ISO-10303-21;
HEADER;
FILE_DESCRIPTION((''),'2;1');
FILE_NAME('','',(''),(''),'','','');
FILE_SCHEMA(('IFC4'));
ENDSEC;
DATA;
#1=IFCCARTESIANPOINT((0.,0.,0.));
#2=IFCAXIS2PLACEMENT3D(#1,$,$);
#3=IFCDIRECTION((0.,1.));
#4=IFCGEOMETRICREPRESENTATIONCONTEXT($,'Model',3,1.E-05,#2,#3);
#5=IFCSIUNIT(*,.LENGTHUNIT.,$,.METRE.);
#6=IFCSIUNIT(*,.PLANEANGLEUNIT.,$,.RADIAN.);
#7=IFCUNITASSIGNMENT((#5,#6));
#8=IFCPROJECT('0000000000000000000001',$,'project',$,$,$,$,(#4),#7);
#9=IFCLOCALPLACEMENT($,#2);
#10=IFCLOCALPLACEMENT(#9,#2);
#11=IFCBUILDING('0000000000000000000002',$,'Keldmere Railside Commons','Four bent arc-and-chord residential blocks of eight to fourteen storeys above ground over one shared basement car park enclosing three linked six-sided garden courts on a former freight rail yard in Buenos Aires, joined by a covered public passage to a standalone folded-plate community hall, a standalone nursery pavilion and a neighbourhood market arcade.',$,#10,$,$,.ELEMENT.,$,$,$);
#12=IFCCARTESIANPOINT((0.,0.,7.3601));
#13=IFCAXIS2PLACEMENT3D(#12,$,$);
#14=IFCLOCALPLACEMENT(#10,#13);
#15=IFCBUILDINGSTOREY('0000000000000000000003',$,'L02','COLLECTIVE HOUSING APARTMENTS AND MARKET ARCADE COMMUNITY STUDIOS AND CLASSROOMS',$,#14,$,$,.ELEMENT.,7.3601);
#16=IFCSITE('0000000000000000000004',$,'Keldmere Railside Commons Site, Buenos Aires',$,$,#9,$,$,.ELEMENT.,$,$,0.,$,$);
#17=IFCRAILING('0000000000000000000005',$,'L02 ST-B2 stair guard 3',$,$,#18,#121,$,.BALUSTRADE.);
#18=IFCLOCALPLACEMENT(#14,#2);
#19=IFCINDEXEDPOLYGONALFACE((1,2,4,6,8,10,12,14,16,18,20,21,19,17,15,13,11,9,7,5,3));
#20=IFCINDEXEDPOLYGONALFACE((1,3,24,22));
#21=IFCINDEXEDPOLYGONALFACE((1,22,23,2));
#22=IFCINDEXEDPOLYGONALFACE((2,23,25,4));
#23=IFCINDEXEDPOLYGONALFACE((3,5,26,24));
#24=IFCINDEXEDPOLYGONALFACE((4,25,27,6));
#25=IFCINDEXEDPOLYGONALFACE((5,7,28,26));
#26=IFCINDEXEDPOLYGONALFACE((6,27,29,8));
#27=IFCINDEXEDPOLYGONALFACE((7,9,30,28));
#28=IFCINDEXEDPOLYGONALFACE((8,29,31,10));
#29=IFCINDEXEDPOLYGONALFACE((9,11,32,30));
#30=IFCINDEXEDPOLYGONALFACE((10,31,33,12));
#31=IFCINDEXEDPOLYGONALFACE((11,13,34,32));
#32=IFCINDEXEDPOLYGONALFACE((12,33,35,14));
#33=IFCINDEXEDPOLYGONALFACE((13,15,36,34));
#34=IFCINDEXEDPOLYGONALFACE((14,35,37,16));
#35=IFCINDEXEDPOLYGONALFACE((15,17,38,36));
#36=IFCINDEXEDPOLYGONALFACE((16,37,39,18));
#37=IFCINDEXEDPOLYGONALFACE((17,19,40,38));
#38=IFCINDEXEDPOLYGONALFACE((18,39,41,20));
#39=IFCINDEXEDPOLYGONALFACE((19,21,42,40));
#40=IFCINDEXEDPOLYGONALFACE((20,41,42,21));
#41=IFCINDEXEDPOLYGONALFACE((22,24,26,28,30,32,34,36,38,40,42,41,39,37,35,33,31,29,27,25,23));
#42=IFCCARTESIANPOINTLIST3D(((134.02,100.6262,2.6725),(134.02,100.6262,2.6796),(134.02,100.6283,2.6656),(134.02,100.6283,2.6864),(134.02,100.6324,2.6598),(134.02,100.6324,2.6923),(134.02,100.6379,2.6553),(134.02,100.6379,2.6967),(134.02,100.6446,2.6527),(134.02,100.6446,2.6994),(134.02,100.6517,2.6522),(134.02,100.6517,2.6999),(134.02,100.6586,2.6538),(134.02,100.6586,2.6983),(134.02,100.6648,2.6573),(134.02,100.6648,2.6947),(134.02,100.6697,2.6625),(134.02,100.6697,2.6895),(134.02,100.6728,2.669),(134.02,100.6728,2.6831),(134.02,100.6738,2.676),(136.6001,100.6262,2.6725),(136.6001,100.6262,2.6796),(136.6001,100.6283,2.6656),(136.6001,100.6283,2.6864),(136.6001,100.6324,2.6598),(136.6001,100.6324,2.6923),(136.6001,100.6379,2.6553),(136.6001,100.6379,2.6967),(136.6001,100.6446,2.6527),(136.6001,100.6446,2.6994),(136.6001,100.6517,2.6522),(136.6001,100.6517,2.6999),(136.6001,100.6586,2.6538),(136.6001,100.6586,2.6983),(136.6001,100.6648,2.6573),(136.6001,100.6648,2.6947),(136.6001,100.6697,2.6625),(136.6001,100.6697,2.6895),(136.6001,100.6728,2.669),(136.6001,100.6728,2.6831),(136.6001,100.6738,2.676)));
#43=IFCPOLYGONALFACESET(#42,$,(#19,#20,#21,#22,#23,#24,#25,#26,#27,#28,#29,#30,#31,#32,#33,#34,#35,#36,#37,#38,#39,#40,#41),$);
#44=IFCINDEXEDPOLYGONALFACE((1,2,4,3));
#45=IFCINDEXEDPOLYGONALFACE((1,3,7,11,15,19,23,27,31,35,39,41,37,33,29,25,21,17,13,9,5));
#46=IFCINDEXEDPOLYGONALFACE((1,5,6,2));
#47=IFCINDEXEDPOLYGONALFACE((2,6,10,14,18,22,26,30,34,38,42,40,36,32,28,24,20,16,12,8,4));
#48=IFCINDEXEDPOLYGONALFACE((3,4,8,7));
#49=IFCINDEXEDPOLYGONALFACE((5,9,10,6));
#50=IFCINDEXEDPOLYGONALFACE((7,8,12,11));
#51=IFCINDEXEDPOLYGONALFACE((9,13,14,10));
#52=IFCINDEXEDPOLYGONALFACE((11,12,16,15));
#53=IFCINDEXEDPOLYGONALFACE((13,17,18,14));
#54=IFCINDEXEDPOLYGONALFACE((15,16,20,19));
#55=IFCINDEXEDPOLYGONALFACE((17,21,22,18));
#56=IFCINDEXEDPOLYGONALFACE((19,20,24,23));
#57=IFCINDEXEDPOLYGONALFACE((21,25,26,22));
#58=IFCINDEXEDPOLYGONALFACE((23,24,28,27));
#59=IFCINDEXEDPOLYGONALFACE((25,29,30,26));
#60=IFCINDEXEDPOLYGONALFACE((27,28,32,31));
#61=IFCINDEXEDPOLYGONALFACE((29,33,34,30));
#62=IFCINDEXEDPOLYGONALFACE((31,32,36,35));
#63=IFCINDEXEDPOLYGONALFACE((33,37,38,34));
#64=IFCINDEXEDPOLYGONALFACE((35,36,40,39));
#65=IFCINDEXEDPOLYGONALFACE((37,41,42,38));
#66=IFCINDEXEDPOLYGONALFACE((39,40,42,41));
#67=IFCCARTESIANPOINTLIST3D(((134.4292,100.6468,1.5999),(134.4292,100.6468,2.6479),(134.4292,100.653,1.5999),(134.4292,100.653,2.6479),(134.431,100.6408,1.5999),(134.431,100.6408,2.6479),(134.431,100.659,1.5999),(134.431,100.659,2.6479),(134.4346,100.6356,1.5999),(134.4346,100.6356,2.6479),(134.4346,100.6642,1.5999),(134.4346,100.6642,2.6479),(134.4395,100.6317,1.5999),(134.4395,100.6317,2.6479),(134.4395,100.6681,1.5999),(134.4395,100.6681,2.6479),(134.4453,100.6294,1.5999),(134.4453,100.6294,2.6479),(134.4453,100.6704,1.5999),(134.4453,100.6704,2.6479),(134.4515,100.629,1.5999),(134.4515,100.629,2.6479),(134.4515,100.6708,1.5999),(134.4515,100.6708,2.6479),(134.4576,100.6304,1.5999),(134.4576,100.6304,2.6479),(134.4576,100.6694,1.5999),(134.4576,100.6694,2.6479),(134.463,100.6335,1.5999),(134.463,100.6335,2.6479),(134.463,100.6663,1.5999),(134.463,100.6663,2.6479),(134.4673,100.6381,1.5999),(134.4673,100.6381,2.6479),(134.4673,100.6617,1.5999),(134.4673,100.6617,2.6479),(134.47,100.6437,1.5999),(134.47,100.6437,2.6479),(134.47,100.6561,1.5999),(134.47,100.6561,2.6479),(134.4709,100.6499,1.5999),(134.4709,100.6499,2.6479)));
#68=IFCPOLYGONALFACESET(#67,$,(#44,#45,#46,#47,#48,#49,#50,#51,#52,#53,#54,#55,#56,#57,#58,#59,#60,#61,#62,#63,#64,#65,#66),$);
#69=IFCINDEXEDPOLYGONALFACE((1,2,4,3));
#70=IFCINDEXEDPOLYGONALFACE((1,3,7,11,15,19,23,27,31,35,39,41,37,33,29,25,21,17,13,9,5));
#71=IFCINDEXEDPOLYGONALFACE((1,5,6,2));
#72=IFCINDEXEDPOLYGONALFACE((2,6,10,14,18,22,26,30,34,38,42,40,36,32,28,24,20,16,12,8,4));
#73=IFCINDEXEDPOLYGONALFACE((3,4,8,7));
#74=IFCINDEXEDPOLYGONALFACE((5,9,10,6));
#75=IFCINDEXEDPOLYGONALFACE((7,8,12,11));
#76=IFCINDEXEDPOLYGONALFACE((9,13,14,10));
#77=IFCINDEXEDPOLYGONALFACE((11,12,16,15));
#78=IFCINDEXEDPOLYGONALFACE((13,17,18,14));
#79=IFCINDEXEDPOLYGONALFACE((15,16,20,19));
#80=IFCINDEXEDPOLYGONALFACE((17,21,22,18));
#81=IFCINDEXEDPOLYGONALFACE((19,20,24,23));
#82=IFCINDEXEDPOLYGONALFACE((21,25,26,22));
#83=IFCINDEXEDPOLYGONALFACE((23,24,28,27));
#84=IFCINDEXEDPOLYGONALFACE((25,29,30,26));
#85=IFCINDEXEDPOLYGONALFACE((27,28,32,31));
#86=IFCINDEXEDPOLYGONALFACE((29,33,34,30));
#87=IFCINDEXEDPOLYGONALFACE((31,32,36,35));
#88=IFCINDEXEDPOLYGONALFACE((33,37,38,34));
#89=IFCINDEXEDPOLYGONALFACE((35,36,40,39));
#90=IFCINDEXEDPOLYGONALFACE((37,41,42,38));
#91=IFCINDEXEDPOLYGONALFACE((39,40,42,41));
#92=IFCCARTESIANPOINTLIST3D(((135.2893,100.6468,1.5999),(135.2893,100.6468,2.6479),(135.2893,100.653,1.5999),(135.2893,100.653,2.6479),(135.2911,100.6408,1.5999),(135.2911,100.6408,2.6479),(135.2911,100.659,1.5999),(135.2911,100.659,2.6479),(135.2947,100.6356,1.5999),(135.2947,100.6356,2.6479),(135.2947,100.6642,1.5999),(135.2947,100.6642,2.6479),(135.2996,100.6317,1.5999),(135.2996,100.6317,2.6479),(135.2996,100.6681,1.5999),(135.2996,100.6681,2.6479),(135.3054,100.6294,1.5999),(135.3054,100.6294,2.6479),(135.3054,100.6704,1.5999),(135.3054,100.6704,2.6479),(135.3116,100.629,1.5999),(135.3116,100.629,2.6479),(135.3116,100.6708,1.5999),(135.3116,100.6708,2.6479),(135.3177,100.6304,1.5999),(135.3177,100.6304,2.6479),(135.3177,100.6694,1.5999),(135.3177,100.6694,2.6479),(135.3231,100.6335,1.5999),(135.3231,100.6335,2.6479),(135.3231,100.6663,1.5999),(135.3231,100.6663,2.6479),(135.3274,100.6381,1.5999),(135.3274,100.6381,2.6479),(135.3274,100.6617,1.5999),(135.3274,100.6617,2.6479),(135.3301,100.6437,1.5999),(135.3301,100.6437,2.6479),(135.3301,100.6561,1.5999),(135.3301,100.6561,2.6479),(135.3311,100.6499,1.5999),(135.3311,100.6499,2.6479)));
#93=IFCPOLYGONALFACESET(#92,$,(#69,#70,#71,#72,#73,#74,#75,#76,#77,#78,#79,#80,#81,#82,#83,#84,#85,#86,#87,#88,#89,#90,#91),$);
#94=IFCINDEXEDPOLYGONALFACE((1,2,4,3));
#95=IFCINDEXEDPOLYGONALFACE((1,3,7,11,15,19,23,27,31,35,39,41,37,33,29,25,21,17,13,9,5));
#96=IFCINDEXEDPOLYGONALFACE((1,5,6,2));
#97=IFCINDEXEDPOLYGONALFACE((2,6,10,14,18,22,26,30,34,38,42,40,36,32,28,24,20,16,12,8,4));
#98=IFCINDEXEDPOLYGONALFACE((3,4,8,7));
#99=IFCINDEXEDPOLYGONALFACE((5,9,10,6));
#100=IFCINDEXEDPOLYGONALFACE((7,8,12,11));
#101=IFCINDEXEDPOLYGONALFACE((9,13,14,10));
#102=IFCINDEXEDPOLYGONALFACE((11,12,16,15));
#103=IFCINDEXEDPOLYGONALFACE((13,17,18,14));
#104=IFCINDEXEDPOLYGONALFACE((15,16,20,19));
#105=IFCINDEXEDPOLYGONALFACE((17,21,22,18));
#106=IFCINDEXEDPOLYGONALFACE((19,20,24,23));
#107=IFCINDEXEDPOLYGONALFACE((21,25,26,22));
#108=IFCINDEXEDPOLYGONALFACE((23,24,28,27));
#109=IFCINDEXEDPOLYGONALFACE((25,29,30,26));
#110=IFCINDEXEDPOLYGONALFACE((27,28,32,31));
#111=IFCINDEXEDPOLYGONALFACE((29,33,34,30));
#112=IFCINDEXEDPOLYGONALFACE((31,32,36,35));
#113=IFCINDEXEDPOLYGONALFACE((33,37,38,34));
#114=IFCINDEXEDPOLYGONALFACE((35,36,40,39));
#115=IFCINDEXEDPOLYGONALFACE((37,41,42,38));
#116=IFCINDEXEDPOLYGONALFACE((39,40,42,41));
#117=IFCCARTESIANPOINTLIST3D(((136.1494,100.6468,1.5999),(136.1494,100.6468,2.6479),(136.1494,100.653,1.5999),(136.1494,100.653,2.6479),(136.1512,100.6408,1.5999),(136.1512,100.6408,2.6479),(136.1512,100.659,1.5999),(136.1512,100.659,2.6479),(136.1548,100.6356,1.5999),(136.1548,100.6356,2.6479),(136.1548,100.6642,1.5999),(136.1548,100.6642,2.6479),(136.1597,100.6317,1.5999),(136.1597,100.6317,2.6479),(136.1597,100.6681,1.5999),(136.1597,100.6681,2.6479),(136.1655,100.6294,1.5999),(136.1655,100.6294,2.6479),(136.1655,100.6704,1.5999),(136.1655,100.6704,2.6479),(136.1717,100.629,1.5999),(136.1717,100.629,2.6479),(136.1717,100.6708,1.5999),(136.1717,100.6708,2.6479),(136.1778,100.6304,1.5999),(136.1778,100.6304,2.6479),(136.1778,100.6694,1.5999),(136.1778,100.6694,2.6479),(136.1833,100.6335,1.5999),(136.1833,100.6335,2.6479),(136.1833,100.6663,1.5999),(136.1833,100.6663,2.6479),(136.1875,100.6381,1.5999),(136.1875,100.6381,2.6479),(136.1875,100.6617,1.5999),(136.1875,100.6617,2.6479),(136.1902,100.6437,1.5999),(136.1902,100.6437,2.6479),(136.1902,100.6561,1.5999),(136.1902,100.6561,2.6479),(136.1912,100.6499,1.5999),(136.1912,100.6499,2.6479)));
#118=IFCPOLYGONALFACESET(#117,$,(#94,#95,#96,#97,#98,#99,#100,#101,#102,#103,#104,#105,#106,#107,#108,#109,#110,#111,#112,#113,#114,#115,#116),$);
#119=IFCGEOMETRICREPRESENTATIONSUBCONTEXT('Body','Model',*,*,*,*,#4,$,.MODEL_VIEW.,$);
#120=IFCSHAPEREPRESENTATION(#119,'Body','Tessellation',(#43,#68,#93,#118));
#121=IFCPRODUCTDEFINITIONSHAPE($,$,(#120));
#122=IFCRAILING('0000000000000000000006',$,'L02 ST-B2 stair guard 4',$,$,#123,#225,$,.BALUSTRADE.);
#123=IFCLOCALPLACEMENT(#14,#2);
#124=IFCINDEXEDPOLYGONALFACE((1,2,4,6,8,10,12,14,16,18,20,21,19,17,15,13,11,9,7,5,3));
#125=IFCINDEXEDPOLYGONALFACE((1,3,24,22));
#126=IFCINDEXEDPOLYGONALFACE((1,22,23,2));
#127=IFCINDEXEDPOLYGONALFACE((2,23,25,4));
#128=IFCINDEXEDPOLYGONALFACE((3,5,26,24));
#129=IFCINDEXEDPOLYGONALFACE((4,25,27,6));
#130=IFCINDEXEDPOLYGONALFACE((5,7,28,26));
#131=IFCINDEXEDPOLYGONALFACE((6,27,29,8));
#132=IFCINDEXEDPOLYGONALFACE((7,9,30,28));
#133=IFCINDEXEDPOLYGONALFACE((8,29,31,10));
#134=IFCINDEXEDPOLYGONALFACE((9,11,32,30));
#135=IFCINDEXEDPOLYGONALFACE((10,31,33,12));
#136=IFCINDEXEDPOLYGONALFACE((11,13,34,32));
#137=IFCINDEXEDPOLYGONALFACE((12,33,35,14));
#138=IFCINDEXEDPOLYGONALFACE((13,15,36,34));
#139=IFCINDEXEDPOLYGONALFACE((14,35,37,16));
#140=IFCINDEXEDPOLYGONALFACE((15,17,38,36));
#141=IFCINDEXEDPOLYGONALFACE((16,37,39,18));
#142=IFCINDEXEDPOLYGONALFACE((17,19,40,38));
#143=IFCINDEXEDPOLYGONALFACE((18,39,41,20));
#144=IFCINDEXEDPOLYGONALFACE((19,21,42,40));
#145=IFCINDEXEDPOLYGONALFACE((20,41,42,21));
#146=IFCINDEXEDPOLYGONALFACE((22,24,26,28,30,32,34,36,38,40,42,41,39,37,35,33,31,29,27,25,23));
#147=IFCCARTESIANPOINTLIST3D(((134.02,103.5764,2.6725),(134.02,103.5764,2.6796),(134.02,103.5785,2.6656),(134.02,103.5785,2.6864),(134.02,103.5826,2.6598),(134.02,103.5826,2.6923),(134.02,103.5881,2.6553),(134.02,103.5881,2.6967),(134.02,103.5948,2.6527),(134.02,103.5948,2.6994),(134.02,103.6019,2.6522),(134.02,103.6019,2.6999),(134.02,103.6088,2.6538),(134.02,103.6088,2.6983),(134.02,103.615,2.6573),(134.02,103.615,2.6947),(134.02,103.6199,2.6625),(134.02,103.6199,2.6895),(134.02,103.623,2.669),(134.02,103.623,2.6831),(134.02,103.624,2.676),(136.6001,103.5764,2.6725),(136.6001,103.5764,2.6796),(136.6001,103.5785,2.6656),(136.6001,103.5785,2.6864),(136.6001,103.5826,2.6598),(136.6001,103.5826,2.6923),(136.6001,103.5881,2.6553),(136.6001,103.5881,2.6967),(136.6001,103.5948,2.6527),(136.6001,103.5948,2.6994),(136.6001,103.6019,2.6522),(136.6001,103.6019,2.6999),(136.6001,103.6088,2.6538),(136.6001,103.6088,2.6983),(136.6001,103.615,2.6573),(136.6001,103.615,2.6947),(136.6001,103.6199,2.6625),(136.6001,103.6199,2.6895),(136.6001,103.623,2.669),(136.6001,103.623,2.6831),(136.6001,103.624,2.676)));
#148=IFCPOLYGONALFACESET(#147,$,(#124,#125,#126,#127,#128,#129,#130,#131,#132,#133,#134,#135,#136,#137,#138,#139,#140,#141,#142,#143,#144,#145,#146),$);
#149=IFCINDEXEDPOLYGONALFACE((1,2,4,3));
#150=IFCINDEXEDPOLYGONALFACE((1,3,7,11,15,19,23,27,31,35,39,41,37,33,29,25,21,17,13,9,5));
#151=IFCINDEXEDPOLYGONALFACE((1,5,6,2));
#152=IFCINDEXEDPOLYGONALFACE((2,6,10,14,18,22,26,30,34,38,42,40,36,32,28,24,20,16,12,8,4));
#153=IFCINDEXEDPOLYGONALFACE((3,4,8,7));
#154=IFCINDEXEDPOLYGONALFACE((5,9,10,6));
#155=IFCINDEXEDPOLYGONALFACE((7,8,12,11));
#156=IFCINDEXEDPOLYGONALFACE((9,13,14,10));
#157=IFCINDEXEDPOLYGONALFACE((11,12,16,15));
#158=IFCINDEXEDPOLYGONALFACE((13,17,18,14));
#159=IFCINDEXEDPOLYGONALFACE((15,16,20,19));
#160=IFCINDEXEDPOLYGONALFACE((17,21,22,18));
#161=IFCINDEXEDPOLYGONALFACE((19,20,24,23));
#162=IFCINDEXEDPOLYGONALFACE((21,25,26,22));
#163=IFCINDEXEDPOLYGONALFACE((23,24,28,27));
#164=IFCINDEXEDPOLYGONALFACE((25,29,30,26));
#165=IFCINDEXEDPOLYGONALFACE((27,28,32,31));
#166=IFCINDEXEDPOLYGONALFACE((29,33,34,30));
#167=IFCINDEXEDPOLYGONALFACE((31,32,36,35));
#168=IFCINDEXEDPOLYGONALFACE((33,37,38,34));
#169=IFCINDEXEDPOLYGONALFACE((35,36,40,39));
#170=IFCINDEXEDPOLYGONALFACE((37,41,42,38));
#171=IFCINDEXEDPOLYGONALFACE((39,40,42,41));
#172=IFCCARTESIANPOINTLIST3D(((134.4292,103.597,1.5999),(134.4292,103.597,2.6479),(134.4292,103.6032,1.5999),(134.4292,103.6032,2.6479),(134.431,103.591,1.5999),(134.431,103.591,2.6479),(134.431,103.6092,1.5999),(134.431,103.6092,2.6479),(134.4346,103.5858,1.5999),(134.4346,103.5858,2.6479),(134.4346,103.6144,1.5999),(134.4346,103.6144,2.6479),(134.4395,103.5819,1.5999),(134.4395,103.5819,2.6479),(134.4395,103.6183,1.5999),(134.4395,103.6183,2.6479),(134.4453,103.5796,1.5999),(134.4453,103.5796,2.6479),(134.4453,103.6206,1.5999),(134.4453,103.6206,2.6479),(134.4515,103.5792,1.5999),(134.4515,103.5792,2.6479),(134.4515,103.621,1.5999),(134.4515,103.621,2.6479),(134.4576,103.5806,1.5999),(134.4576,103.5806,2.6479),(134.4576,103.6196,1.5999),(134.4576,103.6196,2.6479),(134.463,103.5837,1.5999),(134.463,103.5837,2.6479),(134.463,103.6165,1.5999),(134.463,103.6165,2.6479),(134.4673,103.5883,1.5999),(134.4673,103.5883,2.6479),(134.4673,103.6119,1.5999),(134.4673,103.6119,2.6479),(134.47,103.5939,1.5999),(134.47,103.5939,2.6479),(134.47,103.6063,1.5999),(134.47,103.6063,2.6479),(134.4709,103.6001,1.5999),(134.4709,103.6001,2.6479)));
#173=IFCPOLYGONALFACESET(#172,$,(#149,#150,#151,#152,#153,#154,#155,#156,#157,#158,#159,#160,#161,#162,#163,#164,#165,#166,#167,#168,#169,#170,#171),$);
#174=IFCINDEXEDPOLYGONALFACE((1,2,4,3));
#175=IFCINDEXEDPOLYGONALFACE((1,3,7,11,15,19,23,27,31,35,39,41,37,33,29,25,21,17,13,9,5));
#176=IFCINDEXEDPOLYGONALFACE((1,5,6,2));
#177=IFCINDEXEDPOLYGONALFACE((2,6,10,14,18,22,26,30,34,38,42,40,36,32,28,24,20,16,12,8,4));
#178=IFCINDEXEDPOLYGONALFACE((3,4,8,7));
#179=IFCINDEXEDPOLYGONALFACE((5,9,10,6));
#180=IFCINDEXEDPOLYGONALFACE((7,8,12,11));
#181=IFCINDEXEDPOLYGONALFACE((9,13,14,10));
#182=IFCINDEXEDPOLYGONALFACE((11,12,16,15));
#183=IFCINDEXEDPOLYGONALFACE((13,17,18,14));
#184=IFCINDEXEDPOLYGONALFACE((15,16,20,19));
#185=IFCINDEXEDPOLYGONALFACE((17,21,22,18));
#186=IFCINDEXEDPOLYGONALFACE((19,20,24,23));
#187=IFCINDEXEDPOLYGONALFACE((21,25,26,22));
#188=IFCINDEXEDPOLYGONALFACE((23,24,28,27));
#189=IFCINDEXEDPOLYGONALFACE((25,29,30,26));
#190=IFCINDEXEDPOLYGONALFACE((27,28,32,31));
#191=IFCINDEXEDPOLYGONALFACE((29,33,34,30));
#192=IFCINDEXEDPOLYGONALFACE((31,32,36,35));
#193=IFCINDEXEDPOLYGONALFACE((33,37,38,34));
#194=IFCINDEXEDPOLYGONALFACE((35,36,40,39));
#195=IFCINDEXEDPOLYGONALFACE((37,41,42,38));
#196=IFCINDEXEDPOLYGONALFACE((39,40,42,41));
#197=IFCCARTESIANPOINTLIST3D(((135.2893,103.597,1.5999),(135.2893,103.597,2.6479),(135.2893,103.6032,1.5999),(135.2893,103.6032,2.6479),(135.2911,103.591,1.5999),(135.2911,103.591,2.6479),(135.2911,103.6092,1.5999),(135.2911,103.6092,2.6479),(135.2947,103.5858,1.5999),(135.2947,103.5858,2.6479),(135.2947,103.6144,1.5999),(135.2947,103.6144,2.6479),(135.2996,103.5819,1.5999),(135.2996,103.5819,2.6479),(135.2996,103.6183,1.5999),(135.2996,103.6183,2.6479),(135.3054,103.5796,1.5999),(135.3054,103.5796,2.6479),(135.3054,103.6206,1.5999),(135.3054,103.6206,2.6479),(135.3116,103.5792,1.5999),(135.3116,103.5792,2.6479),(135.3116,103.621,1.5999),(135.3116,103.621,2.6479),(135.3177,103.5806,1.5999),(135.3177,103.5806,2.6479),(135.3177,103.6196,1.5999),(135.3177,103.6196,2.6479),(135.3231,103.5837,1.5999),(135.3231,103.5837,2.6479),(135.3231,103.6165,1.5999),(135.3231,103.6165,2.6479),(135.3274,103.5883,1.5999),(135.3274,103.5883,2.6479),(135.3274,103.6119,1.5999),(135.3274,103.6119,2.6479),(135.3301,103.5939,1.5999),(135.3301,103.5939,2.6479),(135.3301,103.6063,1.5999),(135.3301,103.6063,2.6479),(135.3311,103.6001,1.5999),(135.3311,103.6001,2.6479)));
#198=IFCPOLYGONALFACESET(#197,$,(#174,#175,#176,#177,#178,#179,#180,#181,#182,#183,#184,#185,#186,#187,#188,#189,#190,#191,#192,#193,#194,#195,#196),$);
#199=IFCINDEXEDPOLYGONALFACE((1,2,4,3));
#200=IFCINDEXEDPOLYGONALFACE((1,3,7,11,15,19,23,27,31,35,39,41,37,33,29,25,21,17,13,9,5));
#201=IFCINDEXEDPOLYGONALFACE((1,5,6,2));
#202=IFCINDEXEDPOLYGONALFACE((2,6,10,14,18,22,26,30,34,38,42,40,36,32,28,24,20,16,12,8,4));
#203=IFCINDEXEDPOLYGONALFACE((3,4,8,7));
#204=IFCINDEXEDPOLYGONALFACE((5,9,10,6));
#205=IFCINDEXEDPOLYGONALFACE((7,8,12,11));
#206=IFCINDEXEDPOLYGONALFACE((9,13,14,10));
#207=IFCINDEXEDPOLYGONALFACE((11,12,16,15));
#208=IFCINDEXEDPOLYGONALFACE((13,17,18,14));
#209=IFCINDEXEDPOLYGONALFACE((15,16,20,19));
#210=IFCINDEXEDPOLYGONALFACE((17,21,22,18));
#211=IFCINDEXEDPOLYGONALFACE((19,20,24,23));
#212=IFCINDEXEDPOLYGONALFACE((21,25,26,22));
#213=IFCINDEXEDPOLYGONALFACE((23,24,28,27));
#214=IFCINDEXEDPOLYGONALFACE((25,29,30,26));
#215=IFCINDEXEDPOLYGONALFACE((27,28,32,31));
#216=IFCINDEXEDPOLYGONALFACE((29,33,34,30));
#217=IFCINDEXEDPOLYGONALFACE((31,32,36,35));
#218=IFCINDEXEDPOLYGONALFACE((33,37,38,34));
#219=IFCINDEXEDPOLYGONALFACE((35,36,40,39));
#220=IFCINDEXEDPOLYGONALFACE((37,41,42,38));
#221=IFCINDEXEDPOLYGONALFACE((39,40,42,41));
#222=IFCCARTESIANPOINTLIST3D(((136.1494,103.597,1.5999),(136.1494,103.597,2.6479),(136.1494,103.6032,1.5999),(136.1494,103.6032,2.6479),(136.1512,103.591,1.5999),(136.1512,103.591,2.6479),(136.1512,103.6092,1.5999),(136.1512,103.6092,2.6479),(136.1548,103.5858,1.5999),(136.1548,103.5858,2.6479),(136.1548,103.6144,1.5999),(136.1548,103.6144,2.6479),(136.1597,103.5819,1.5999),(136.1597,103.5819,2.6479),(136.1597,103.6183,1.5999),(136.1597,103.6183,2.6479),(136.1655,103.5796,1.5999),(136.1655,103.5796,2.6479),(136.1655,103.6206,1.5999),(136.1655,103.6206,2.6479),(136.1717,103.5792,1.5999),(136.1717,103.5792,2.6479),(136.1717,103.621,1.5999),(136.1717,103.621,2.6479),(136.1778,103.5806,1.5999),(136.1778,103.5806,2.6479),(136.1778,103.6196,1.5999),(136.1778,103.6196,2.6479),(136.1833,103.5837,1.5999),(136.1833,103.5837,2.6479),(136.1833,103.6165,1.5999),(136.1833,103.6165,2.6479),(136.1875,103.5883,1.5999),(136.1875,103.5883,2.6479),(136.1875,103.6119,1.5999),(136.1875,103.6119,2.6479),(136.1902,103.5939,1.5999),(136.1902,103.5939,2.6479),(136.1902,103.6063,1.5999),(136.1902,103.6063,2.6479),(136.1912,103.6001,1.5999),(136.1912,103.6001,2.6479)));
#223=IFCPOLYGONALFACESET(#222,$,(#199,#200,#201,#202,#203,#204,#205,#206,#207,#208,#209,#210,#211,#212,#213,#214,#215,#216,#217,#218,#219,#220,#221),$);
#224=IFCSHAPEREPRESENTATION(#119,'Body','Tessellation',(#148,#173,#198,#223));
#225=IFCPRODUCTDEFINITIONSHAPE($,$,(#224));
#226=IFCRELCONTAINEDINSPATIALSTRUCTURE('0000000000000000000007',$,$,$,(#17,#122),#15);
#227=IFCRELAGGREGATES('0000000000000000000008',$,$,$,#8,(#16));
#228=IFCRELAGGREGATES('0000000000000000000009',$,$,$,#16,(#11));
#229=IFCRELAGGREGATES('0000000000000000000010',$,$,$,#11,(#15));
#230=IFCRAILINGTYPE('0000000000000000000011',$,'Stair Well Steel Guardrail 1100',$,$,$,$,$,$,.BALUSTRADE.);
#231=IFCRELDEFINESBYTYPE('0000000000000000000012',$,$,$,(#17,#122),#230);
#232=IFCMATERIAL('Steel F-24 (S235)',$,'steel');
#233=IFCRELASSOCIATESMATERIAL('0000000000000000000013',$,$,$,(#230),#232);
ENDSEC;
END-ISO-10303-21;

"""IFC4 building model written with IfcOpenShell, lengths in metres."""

from ifc_helpers import new_model, si_unit, direction, frame, origin, origin_2d, place, context, subcontext, project, spatial, circle, extrude, material, type_object, element, save


model = new_model("IFC4")

# Units and contexts
model_context = context("Model", 3, precision=1e-05, world=origin(), true_north=direction((0.0, 1.0)))
body_context = subcontext(model_context, "Body", "Model", "MODEL_VIEW")
ifc_project = project(units=[si_unit("LENGTHUNIT", "METRE"), si_unit("PLANEANGLEUNIT", "RADIAN")], contexts=[model_context])

# Site, building, storey
site_placement = place(None, origin())
site = spatial("IfcSite", under=ifc_project, at=site_placement, Name="Keldmere Railside Commons Site, Buenos Aires", CompositionType="ELEMENT", RefElevation=0.0)
building_placement = place(site_placement, origin())
building = spatial("IfcBuilding", under=site, at=building_placement, Name="Keldmere Railside Commons", Description="Four bent arc-and-chord residential blocks of eight to fourteen storeys above ground over one shared basement car park enclosing three linked six-sided garden courts on a former freight rail yard in Buenos Aires, joined by a covered public passage to a standalone folded-plate community hall, a standalone nursery pavilion and a neighbourhood market arcade.", CompositionType="ELEMENT")
storey_placement = place(building_placement, frame((0.0, 0.0, 7.3601)))
storey = spatial("IfcBuildingStorey", under=building, at=storey_placement, Name="L02", Description="COLLECTIVE HOUSING APARTMENTS AND MARKET ARCADE COMMUNITY STUDIOS AND CLASSROOMS", CompositionType="ELEMENT", Elevation=7.3601)

# Shared definitions
ifc_material_1 = material(Name="Steel F-24 (S235)", Category="steel")

# Railings
railing_type_1 = type_object("IfcRailingType", Name="Stair Well Steel Guardrail 1100", PredefinedType="BALUSTRADE", material=ifc_material_1)
for number, where, name in (
    (1, (134.02, 100.6499, 1.5999), "L02 ST-B2 stair guard 3"),
    (2, (134.02, 103.6001, 1.5999), "L02 ST-B2 stair guard 4"),
):
    element("IfcRailing", number, at=place(storey_placement, frame(where)), inside=storey, type_object=railing_type_1, Name=name, PredefinedType="BALUSTRADE", context=body_context, shape_type="SweptSolid", body=[
        extrude(circle(Radius=0.0239, at=origin_2d()), frame((0.0, 0.0, 1.0762), z_axis=(1.0, 0.0, 0.0), x_axis=(0.0, 1.0, 0.0)), (0.0, 0.0, 1.0), 2.5801),
        extrude(circle(Radius=0.021, at=origin_2d()), frame((0.4299, 0.0, 0.0)), (0.0, 0.0, 1.0), 1.0481),
        extrude(circle(Radius=0.021, at=origin_2d()), frame((1.29, 0.0, 0.0)), (0.0, 0.0, 1.0), 1.0481),
        extrude(circle(Radius=0.021, at=origin_2d()), frame((2.1501, 0.0, 0.0)), (0.0, 0.0, 1.0), 1.0481),
    ])

save(model, "model.ifc")
